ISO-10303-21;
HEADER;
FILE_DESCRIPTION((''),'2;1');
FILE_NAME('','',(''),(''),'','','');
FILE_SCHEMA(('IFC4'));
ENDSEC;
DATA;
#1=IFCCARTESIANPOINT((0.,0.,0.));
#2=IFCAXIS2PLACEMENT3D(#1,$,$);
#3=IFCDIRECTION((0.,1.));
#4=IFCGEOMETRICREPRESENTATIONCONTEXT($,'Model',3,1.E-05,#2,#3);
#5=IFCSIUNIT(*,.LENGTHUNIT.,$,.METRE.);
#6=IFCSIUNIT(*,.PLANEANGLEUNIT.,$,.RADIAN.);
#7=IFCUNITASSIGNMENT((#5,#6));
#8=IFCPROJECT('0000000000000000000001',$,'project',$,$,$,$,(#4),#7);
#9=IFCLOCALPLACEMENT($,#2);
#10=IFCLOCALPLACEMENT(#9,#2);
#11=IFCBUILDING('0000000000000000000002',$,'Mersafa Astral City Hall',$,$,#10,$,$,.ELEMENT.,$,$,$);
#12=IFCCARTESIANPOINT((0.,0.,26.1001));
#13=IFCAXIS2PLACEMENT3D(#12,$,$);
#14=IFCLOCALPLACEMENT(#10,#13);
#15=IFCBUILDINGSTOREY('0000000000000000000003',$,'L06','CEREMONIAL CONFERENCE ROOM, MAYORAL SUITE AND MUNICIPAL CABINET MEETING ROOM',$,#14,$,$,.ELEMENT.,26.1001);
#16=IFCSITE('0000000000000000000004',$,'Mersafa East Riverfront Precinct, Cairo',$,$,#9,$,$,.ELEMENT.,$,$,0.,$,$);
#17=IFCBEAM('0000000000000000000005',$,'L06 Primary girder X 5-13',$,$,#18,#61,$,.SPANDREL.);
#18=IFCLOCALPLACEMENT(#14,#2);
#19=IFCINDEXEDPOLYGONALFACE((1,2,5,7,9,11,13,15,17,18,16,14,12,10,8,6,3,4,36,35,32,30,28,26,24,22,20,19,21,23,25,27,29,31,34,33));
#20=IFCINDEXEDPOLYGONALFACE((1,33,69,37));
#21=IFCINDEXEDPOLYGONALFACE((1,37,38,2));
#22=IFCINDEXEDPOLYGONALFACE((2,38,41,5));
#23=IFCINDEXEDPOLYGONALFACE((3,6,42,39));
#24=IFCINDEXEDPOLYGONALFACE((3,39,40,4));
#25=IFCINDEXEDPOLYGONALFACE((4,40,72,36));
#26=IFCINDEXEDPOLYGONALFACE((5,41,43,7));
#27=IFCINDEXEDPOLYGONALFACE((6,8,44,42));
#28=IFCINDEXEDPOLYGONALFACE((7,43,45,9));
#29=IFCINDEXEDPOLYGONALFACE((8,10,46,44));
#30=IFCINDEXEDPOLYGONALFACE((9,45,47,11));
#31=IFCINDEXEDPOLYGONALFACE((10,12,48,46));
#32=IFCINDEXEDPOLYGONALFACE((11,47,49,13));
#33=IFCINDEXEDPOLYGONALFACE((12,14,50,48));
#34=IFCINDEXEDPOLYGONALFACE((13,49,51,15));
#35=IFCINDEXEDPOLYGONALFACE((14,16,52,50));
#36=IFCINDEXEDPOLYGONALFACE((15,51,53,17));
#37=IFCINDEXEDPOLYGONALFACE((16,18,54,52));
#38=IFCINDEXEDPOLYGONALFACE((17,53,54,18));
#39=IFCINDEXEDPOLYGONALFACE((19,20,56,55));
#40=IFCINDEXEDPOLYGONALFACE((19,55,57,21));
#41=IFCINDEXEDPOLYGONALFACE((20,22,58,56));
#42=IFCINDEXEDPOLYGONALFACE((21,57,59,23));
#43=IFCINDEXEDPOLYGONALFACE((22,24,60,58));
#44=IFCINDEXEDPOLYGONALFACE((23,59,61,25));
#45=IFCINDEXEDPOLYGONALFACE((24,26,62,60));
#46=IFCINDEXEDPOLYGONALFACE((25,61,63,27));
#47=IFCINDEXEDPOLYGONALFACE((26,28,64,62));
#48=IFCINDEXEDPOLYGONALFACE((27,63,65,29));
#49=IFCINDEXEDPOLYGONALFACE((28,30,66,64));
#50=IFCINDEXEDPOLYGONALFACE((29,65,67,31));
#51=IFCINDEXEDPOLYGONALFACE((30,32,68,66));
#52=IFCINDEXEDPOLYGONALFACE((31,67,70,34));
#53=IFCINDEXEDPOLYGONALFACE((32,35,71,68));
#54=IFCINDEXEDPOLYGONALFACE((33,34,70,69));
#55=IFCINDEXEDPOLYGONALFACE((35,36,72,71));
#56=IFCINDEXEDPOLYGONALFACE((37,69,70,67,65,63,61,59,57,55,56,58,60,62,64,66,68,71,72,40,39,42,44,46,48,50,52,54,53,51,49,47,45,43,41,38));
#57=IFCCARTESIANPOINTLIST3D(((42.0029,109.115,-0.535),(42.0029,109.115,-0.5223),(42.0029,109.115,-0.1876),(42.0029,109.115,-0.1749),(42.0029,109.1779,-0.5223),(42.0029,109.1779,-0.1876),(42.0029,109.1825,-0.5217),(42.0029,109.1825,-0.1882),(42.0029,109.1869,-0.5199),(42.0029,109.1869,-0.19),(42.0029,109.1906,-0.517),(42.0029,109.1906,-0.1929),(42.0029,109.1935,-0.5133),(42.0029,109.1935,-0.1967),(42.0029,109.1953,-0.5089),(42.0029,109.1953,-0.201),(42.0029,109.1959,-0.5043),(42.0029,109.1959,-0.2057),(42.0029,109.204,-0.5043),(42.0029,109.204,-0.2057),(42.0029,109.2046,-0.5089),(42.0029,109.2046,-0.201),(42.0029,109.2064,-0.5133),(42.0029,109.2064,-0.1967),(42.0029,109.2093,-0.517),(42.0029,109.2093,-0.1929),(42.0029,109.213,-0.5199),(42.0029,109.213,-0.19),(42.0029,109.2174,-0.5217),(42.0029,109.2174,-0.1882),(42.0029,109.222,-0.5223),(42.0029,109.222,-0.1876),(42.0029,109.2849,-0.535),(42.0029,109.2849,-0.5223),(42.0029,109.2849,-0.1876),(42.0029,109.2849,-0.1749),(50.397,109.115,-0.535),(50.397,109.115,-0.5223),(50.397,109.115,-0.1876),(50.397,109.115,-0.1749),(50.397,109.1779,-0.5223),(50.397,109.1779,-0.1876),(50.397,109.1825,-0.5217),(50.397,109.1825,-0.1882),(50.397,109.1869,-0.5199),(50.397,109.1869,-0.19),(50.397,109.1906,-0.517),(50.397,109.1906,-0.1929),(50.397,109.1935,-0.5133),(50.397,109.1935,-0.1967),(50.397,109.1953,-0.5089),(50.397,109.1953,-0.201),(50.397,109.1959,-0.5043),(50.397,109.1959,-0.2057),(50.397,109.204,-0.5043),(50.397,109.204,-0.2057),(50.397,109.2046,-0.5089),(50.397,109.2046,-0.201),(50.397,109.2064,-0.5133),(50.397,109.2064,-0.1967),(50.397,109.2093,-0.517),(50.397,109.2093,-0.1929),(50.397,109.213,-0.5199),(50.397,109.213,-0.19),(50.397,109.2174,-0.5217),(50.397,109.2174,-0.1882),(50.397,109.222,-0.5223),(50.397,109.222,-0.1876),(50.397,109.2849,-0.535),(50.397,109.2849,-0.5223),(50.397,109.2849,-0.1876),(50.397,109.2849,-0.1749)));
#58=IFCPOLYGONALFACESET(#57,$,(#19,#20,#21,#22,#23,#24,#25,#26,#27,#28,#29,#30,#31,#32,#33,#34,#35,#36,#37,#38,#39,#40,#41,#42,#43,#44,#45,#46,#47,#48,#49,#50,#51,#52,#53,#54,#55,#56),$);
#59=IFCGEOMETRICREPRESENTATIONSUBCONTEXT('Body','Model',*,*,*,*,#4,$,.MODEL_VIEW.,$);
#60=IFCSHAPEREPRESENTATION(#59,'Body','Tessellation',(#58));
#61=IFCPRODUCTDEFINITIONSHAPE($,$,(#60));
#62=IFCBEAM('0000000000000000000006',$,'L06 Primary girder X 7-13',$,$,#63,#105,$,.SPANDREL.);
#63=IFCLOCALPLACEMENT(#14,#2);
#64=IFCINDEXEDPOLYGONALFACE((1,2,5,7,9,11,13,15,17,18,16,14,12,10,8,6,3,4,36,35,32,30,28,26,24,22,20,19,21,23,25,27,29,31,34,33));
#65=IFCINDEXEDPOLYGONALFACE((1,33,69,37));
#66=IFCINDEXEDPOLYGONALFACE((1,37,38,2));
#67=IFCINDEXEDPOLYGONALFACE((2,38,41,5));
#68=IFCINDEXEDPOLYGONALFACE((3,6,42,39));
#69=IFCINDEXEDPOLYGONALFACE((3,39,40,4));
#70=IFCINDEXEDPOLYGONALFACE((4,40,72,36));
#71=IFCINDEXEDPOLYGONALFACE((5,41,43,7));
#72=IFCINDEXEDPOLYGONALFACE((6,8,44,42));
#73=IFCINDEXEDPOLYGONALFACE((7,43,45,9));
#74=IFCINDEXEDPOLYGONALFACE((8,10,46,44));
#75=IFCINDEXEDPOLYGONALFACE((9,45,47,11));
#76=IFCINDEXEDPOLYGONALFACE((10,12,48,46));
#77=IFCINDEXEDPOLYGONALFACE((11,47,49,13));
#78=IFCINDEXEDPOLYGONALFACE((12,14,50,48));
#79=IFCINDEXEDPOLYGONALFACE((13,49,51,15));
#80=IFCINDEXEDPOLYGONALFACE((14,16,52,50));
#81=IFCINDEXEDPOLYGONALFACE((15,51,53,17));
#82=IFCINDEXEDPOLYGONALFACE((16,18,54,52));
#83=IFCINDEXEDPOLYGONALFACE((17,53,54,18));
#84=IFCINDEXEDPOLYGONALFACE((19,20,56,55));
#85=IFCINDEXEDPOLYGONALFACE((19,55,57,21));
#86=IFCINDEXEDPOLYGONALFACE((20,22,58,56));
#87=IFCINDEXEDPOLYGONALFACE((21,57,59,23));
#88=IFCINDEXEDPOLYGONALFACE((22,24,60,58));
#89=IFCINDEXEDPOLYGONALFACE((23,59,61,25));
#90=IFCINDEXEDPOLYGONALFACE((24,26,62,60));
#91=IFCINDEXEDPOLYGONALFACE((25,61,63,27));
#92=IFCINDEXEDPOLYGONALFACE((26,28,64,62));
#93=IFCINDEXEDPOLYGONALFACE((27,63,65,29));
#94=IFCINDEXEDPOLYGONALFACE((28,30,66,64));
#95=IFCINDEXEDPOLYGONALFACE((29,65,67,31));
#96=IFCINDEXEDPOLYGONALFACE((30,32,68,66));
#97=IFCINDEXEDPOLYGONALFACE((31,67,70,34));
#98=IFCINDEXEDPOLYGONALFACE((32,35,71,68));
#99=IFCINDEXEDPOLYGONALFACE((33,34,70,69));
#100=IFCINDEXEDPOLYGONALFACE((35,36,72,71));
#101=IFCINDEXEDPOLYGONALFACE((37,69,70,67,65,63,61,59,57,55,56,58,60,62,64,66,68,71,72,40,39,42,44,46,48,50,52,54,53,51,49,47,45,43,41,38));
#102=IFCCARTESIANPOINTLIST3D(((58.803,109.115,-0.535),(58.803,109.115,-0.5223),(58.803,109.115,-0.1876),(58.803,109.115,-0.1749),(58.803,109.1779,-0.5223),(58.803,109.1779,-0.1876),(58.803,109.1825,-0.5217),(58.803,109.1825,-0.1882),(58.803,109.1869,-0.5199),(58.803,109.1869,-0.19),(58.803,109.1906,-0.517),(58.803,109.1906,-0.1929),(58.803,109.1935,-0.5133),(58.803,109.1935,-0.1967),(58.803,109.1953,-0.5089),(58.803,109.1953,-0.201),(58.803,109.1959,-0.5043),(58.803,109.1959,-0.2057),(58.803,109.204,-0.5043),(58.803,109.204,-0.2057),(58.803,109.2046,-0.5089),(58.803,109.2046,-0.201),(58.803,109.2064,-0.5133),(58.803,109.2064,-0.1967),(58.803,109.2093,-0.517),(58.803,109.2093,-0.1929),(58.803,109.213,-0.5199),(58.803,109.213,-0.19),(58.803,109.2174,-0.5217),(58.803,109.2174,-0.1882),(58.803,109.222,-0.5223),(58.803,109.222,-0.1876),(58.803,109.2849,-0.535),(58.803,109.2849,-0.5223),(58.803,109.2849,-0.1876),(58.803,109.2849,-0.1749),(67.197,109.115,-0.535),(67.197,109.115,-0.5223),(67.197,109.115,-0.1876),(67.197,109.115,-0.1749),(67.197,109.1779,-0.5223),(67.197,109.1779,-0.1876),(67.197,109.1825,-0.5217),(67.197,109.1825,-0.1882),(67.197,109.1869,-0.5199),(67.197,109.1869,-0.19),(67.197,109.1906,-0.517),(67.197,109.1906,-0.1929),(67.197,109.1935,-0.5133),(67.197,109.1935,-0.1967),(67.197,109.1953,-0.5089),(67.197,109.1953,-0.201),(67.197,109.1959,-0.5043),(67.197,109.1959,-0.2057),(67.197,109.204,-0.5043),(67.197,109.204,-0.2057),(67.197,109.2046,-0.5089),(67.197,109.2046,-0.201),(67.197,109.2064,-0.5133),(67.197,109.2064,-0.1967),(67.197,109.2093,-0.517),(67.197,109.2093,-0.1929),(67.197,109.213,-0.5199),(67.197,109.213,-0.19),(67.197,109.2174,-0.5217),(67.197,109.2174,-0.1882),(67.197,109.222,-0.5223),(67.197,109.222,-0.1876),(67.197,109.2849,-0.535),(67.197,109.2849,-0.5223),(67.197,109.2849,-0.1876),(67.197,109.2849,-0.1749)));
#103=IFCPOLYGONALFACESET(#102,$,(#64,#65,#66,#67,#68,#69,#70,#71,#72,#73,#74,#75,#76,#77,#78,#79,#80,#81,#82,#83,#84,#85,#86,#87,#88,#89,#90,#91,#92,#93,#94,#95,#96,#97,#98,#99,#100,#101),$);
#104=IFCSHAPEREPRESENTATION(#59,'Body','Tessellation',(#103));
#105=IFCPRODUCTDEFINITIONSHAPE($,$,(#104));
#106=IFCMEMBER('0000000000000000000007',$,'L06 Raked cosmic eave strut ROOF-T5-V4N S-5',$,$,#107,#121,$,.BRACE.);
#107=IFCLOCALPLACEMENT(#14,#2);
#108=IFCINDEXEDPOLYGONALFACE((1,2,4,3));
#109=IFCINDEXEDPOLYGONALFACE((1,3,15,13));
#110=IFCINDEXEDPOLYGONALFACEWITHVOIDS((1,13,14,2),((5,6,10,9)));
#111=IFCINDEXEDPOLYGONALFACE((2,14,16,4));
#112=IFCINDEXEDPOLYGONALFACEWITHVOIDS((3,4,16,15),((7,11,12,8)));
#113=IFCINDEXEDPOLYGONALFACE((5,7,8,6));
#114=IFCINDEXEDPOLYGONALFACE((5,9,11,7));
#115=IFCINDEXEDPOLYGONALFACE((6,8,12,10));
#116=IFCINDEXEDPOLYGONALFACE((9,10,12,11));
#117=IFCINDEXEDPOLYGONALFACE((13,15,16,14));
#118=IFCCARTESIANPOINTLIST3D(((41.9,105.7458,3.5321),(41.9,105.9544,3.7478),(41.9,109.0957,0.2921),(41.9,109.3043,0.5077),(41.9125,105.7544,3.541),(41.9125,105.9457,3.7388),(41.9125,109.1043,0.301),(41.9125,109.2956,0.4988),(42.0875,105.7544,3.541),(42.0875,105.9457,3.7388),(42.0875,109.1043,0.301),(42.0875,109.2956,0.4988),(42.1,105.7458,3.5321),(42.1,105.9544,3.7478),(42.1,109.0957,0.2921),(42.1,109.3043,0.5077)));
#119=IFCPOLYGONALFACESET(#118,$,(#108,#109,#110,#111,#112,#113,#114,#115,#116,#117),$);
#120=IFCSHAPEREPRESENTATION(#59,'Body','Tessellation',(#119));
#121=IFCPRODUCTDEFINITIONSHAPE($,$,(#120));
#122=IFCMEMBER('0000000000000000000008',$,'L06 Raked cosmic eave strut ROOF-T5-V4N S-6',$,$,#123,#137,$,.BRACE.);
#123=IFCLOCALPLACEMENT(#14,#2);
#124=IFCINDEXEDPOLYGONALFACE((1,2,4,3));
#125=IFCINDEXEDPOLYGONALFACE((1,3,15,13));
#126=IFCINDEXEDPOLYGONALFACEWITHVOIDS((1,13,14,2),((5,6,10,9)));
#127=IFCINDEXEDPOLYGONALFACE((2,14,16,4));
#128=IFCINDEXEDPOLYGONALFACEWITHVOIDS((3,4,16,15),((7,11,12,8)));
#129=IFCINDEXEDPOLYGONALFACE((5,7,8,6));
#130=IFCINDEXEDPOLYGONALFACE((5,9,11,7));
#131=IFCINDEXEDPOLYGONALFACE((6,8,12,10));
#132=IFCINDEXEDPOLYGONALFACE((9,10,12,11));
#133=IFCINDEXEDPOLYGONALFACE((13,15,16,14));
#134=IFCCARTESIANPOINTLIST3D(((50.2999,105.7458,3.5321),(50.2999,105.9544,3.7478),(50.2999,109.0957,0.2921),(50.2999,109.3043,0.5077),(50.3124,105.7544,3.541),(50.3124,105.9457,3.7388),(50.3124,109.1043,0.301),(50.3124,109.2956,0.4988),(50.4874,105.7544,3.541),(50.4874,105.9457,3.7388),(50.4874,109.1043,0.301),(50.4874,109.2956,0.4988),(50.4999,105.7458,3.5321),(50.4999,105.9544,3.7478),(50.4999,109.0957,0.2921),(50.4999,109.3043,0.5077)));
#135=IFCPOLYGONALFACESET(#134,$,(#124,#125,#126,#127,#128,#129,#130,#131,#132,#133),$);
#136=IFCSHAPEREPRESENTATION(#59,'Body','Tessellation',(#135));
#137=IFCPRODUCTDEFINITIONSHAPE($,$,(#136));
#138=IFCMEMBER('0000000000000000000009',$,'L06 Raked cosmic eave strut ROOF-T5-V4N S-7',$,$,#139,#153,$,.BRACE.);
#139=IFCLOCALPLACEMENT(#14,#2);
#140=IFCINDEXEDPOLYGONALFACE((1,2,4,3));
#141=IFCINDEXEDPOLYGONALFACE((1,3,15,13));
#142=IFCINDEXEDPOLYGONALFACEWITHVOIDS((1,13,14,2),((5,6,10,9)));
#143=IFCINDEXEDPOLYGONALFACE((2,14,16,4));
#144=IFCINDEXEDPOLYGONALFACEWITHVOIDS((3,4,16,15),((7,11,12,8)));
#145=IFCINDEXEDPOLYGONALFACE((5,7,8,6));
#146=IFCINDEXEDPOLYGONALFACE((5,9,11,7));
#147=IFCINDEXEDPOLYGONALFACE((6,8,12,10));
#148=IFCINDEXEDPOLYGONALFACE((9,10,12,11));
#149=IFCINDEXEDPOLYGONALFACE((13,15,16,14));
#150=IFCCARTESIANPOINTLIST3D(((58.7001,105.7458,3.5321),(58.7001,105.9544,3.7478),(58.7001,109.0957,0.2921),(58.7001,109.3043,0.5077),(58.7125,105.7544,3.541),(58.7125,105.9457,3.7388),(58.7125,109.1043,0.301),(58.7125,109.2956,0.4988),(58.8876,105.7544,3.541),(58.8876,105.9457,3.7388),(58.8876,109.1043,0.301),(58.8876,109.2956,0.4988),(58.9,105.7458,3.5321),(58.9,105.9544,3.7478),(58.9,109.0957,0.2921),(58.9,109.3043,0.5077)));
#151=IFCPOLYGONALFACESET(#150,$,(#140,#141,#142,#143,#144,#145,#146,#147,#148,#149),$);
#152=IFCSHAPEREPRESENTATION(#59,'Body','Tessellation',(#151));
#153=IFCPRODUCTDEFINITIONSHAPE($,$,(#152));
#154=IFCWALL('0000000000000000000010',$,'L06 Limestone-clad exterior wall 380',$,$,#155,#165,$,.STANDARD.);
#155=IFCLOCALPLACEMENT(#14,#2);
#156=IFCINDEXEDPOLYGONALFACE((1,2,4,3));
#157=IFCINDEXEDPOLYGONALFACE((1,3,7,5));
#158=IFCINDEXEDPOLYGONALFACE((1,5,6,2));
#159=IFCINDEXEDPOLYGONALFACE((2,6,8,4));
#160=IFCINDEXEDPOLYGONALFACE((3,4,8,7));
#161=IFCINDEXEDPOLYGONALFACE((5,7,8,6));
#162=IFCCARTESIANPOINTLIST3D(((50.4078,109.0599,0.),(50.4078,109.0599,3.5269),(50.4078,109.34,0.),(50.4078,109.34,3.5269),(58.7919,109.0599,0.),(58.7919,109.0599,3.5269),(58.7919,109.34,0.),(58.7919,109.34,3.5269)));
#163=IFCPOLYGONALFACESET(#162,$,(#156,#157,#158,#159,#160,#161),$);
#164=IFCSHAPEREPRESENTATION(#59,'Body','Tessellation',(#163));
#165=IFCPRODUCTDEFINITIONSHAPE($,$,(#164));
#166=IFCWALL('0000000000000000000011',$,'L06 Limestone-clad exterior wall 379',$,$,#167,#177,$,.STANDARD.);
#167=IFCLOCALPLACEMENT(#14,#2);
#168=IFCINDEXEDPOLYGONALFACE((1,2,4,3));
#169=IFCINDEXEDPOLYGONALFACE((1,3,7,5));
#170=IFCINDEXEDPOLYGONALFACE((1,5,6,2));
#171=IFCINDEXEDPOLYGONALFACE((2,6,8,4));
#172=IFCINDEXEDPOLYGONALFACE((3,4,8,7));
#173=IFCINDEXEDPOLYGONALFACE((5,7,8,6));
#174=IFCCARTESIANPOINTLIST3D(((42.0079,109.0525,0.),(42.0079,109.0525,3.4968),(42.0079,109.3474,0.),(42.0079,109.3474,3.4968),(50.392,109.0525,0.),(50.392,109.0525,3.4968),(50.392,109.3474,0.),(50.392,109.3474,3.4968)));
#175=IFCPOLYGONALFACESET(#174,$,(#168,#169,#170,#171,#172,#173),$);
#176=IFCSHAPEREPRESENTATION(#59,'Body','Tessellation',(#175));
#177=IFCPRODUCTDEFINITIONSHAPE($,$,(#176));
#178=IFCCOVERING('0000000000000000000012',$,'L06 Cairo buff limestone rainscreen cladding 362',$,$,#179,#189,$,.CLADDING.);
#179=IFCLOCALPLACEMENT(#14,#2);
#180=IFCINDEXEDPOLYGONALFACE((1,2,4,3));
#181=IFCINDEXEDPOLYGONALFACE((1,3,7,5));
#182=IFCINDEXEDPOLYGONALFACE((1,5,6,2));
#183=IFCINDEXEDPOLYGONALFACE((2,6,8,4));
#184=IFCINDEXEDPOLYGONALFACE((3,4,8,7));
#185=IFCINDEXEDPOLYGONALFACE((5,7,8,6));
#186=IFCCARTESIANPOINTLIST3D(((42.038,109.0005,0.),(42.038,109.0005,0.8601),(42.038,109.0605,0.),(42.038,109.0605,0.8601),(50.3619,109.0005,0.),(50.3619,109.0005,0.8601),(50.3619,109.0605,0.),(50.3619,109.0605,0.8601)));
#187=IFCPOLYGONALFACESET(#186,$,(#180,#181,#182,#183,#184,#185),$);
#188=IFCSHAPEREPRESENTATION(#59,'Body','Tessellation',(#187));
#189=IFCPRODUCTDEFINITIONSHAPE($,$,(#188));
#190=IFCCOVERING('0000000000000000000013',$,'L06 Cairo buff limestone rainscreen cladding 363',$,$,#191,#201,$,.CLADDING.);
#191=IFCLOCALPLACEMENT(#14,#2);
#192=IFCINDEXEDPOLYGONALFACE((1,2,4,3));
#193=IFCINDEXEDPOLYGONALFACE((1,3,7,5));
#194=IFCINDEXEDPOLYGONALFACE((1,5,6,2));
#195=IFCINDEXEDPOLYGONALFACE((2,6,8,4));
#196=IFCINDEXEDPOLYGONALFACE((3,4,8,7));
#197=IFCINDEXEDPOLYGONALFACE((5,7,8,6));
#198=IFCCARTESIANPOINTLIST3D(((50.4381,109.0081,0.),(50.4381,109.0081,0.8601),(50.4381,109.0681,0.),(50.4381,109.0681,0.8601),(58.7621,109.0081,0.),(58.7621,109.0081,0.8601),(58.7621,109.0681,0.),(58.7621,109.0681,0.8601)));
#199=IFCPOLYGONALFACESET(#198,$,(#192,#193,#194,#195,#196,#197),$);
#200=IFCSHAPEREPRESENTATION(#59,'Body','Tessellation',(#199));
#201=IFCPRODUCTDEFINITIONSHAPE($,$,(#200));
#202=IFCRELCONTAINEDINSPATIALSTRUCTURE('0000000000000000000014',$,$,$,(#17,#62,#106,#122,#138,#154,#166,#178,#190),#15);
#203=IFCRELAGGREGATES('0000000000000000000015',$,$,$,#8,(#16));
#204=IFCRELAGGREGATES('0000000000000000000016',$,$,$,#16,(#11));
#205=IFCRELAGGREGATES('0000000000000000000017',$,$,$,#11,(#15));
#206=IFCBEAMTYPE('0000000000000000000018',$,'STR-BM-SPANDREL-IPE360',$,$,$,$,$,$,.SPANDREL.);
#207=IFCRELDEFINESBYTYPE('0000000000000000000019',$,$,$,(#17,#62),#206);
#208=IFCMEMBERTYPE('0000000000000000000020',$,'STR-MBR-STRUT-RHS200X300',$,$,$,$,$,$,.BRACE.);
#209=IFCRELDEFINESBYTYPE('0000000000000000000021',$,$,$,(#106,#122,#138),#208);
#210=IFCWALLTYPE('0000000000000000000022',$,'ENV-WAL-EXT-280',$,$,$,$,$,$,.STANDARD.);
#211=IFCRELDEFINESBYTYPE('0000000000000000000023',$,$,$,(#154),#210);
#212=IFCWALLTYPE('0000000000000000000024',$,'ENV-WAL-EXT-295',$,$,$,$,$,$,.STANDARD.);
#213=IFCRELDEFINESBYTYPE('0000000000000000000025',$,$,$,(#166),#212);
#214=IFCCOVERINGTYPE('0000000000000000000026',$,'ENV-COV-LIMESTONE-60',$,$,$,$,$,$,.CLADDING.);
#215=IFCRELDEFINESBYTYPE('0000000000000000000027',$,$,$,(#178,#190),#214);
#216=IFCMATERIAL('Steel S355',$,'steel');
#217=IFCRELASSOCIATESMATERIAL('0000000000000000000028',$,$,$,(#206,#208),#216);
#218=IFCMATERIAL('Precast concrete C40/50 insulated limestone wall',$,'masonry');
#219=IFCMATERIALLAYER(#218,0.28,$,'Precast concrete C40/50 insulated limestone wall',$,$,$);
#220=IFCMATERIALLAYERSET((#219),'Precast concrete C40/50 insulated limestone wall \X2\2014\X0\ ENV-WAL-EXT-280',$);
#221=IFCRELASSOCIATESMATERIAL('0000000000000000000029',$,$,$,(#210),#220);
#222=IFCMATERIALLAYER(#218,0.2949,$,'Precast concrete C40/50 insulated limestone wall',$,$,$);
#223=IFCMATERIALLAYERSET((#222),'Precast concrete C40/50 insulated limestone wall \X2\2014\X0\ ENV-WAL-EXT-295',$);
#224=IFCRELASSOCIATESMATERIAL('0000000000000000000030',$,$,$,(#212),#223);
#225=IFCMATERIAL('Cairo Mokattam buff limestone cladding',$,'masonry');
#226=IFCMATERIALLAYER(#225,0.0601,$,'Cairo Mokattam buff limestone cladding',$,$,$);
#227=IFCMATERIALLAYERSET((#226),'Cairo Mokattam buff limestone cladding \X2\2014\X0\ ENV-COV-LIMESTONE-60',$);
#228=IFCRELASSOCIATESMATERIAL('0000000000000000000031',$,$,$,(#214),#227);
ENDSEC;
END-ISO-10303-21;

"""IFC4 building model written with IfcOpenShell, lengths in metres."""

from ifc_helpers import new_model, si_unit, direction, frame, frame_2d, origin, origin_2d, place, context, subcontext, project, spatial, rectangle, hollow_rectangle, i_section, extrude, material, layer, layer_set, material_profile, profile_set, type_object, element, save


model = new_model("IFC4")

# Units and contexts
model_context = context("Model", 3, precision=1e-05, world=origin(), true_north=direction((0.0, 1.0)))
body_context = subcontext(model_context, "Body", "Model", "MODEL_VIEW")
ifc_project = project(units=[si_unit("LENGTHUNIT", "METRE"), si_unit("PLANEANGLEUNIT", "RADIAN")], contexts=[model_context])

# Site, building, storey
site_placement = place(None, origin())
site = spatial("IfcSite", under=ifc_project, at=site_placement, Name="Mersafa East Riverfront Precinct, Cairo", CompositionType="ELEMENT", RefElevation=0.0)
building_placement = place(site_placement, origin())
building = spatial("IfcBuilding", under=site, at=building_placement, Name="Mersafa Astral City Hall", CompositionType="ELEMENT")
storey_placement = place(building_placement, frame((0.0, 0.0, 26.1001)))
storey = spatial("IfcBuildingStorey", under=building, at=storey_placement, Name="L06", Description="CEREMONIAL CONFERENCE ROOM, MAYORAL SUITE AND MUNICIPAL CABINET MEETING ROOM", CompositionType="ELEMENT", Elevation=26.1001)

# Shared definitions
ifc_material_1 = material(Name="Steel S355", Category="steel")

# Beams
ifc_material_profile_1 = material_profile(ifc_material_1, i_section(OverallWidth=0.1699, OverallDepth=0.3601, WebThickness=0.0081, FlangeThickness=0.0127, FilletRadius=0.0181, at=origin_2d()), Name="IPE 360")
ifc_profile_set_1 = profile_set([ifc_material_profile_1], Name="Steel S355")
beam_type_1 = type_object("IfcBeamType", Name="STR-BM-SPANDREL-IPE360", PredefinedType="SPANDREL", material=ifc_profile_set_1)
for number, where, z_axis, x_axis, name in (
    (1, (42.0029, 109.2, -0.355), (1.0, 0.0, 0.0), (0.0, 1.0, 0.0), "L06 Primary girder X 5-13"),
    (2, (58.803, 109.2, -0.355), (1.0, 0.0, 0.0), (0.0, 1.0, 0.0), "L06 Primary girder X 7-13"),
):
    element("IfcBeam", number, at=place(storey_placement, frame(where, z_axis=z_axis, x_axis=x_axis)), inside=storey, type_object=beam_type_1, Name=name, PredefinedType="SPANDREL", context=body_context, shape_type="SweptSolid", body=[
        extrude(i_section(OverallWidth=0.1699, OverallDepth=0.3601, WebThickness=0.0081, FlangeThickness=0.0127, FilletRadius=0.0181, at=origin_2d()), origin(), (0.0, 0.0, 1.0), 8.394),
    ])

# Members
ifc_material_profile_2 = material_profile(ifc_material_1, hollow_rectangle(XDim=0.2, YDim=0.3, WallThickness=0.0125, at=origin_2d()), Name="RHS 200x300x12.5")
ifc_profile_set_2 = profile_set([ifc_material_profile_2], Name="Steel S355")
member_type = type_object("IfcMemberType", Name="STR-MBR-STRUT-RHS200X300", PredefinedType="BRACE", material=ifc_profile_set_2)
for number, where, z_axis, x_axis, name in (
    (3, (42.0, 109.2, 0.3999), (0.0, -0.718796, 0.695222), (1.0, 0.0, 0.0), "L06 Raked cosmic eave strut ROOF-T5-V4N S-5"),
    (4, (50.3999, 109.2, 0.3999), (0.0, -0.718796, 0.695222), (1.0, 0.0, 0.0), "L06 Raked cosmic eave strut ROOF-T5-V4N S-6"),
    (5, (58.8, 109.2, 0.3999), (0.0, -0.718796, 0.695222), (1.0, 0.0, 0.0), "L06 Raked cosmic eave strut ROOF-T5-V4N S-7"),
):
    element("IfcMember", number, at=place(storey_placement, frame(where, z_axis=z_axis, x_axis=x_axis)), inside=storey, type_object=member_type, Name=name, PredefinedType="BRACE", context=body_context, shape_type="SweptSolid", body=[
        extrude(hollow_rectangle(XDim=0.2, YDim=0.3, WallThickness=0.0125, at=origin_2d()), origin(), (0.0, 0.0, 1.0), 4.6604),
    ])

# Walls
ifc_material_2 = material(Name="Precast concrete C40/50 insulated limestone wall", Category="masonry")
ifc_layer_1 = layer(ifc_material_2, 0.28, Name="Precast concrete C40/50 insulated limestone wall")
ifc_layer_set_1 = layer_set([ifc_layer_1], Name="Precast concrete C40/50 insulated limestone wall — ENV-WAL-EXT-280")
wall_type_1 = type_object("IfcWallType", Name="ENV-WAL-EXT-280", PredefinedType="STANDARD", material=ifc_layer_set_1)
wall_1_placement = place(storey_placement, frame((50.408, 109.2, 0.0), z_axis=(0.0, 0.0, 1.0), x_axis=(1.0, 0.0, 0.0)))
element("IfcWall", 6, at=wall_1_placement, inside=storey, type_object=wall_type_1, Name="L06 Limestone-clad exterior wall 380", PredefinedType="STANDARD", context=body_context, shape_type="SweptSolid", body=[
    extrude(rectangle(XDim=8.384, YDim=0.28, at=frame_2d((4.1919, 0.0))), origin(), (0.0, 0.0, 1.0), 3.5269),
])
ifc_layer_2 = layer(ifc_material_2, 0.2949, Name="Precast concrete C40/50 insulated limestone wall")
ifc_layer_set_2 = layer_set([ifc_layer_2], Name="Precast concrete C40/50 insulated limestone wall — ENV-WAL-EXT-295")
wall_type_2 = type_object("IfcWallType", Name="ENV-WAL-EXT-295", PredefinedType="STANDARD", material=ifc_layer_set_2)
wall_2_placement = place(storey_placement, frame((42.0081, 109.2, 0.0), z_axis=(0.0, 0.0, 1.0), x_axis=(1.0, 0.0, 0.0)))
element("IfcWall", 7, at=wall_2_placement, inside=storey, type_object=wall_type_2, Name="L06 Limestone-clad exterior wall 379", PredefinedType="STANDARD", context=body_context, shape_type="SweptSolid", body=[
    extrude(rectangle(XDim=8.384, YDim=0.2949, at=frame_2d((4.1919, 0.0))), origin(), (0.0, 0.0, 1.0), 3.4968),
])

# Coverings
ifc_material_3 = material(Name="Cairo Mokattam buff limestone cladding", Category="masonry")
ifc_layer_3 = layer(ifc_material_3, 0.0601, Name="Cairo Mokattam buff limestone cladding")
ifc_layer_set_3 = layer_set([ifc_layer_3], Name="Cairo Mokattam buff limestone cladding — ENV-COV-LIMESTONE-60")
covering_type_1 = type_object("IfcCoveringType", Name="ENV-COV-LIMESTONE-60", PredefinedType="CLADDING", material=ifc_layer_set_3)
for number, where, z_axis, x_axis, name in (
    (8, (46.2, 109.0305, 0.0), (0.0, 0.0, 1.0), (1.0, 0.0, 0.0), "L06 Cairo buff limestone rainscreen cladding 362"),
    (9, (54.6001, 109.0381, 0.0), (0.0, 0.0, 1.0), (1.0, 0.0, 0.0), "L06 Cairo buff limestone rainscreen cladding 363"),
):
    element("IfcCovering", number, at=place(storey_placement, frame(where, z_axis=z_axis, x_axis=x_axis)), inside=storey, type_object=covering_type_1, Name=name, PredefinedType="CLADDING", context=body_context, shape_type="SweptSolid", body=[
        extrude(rectangle(XDim=8.324, YDim=0.0601, at=origin_2d()), origin(), (0.0, 0.0, 1.0), 0.8601),
    ])

save(model, "model.ifc")
